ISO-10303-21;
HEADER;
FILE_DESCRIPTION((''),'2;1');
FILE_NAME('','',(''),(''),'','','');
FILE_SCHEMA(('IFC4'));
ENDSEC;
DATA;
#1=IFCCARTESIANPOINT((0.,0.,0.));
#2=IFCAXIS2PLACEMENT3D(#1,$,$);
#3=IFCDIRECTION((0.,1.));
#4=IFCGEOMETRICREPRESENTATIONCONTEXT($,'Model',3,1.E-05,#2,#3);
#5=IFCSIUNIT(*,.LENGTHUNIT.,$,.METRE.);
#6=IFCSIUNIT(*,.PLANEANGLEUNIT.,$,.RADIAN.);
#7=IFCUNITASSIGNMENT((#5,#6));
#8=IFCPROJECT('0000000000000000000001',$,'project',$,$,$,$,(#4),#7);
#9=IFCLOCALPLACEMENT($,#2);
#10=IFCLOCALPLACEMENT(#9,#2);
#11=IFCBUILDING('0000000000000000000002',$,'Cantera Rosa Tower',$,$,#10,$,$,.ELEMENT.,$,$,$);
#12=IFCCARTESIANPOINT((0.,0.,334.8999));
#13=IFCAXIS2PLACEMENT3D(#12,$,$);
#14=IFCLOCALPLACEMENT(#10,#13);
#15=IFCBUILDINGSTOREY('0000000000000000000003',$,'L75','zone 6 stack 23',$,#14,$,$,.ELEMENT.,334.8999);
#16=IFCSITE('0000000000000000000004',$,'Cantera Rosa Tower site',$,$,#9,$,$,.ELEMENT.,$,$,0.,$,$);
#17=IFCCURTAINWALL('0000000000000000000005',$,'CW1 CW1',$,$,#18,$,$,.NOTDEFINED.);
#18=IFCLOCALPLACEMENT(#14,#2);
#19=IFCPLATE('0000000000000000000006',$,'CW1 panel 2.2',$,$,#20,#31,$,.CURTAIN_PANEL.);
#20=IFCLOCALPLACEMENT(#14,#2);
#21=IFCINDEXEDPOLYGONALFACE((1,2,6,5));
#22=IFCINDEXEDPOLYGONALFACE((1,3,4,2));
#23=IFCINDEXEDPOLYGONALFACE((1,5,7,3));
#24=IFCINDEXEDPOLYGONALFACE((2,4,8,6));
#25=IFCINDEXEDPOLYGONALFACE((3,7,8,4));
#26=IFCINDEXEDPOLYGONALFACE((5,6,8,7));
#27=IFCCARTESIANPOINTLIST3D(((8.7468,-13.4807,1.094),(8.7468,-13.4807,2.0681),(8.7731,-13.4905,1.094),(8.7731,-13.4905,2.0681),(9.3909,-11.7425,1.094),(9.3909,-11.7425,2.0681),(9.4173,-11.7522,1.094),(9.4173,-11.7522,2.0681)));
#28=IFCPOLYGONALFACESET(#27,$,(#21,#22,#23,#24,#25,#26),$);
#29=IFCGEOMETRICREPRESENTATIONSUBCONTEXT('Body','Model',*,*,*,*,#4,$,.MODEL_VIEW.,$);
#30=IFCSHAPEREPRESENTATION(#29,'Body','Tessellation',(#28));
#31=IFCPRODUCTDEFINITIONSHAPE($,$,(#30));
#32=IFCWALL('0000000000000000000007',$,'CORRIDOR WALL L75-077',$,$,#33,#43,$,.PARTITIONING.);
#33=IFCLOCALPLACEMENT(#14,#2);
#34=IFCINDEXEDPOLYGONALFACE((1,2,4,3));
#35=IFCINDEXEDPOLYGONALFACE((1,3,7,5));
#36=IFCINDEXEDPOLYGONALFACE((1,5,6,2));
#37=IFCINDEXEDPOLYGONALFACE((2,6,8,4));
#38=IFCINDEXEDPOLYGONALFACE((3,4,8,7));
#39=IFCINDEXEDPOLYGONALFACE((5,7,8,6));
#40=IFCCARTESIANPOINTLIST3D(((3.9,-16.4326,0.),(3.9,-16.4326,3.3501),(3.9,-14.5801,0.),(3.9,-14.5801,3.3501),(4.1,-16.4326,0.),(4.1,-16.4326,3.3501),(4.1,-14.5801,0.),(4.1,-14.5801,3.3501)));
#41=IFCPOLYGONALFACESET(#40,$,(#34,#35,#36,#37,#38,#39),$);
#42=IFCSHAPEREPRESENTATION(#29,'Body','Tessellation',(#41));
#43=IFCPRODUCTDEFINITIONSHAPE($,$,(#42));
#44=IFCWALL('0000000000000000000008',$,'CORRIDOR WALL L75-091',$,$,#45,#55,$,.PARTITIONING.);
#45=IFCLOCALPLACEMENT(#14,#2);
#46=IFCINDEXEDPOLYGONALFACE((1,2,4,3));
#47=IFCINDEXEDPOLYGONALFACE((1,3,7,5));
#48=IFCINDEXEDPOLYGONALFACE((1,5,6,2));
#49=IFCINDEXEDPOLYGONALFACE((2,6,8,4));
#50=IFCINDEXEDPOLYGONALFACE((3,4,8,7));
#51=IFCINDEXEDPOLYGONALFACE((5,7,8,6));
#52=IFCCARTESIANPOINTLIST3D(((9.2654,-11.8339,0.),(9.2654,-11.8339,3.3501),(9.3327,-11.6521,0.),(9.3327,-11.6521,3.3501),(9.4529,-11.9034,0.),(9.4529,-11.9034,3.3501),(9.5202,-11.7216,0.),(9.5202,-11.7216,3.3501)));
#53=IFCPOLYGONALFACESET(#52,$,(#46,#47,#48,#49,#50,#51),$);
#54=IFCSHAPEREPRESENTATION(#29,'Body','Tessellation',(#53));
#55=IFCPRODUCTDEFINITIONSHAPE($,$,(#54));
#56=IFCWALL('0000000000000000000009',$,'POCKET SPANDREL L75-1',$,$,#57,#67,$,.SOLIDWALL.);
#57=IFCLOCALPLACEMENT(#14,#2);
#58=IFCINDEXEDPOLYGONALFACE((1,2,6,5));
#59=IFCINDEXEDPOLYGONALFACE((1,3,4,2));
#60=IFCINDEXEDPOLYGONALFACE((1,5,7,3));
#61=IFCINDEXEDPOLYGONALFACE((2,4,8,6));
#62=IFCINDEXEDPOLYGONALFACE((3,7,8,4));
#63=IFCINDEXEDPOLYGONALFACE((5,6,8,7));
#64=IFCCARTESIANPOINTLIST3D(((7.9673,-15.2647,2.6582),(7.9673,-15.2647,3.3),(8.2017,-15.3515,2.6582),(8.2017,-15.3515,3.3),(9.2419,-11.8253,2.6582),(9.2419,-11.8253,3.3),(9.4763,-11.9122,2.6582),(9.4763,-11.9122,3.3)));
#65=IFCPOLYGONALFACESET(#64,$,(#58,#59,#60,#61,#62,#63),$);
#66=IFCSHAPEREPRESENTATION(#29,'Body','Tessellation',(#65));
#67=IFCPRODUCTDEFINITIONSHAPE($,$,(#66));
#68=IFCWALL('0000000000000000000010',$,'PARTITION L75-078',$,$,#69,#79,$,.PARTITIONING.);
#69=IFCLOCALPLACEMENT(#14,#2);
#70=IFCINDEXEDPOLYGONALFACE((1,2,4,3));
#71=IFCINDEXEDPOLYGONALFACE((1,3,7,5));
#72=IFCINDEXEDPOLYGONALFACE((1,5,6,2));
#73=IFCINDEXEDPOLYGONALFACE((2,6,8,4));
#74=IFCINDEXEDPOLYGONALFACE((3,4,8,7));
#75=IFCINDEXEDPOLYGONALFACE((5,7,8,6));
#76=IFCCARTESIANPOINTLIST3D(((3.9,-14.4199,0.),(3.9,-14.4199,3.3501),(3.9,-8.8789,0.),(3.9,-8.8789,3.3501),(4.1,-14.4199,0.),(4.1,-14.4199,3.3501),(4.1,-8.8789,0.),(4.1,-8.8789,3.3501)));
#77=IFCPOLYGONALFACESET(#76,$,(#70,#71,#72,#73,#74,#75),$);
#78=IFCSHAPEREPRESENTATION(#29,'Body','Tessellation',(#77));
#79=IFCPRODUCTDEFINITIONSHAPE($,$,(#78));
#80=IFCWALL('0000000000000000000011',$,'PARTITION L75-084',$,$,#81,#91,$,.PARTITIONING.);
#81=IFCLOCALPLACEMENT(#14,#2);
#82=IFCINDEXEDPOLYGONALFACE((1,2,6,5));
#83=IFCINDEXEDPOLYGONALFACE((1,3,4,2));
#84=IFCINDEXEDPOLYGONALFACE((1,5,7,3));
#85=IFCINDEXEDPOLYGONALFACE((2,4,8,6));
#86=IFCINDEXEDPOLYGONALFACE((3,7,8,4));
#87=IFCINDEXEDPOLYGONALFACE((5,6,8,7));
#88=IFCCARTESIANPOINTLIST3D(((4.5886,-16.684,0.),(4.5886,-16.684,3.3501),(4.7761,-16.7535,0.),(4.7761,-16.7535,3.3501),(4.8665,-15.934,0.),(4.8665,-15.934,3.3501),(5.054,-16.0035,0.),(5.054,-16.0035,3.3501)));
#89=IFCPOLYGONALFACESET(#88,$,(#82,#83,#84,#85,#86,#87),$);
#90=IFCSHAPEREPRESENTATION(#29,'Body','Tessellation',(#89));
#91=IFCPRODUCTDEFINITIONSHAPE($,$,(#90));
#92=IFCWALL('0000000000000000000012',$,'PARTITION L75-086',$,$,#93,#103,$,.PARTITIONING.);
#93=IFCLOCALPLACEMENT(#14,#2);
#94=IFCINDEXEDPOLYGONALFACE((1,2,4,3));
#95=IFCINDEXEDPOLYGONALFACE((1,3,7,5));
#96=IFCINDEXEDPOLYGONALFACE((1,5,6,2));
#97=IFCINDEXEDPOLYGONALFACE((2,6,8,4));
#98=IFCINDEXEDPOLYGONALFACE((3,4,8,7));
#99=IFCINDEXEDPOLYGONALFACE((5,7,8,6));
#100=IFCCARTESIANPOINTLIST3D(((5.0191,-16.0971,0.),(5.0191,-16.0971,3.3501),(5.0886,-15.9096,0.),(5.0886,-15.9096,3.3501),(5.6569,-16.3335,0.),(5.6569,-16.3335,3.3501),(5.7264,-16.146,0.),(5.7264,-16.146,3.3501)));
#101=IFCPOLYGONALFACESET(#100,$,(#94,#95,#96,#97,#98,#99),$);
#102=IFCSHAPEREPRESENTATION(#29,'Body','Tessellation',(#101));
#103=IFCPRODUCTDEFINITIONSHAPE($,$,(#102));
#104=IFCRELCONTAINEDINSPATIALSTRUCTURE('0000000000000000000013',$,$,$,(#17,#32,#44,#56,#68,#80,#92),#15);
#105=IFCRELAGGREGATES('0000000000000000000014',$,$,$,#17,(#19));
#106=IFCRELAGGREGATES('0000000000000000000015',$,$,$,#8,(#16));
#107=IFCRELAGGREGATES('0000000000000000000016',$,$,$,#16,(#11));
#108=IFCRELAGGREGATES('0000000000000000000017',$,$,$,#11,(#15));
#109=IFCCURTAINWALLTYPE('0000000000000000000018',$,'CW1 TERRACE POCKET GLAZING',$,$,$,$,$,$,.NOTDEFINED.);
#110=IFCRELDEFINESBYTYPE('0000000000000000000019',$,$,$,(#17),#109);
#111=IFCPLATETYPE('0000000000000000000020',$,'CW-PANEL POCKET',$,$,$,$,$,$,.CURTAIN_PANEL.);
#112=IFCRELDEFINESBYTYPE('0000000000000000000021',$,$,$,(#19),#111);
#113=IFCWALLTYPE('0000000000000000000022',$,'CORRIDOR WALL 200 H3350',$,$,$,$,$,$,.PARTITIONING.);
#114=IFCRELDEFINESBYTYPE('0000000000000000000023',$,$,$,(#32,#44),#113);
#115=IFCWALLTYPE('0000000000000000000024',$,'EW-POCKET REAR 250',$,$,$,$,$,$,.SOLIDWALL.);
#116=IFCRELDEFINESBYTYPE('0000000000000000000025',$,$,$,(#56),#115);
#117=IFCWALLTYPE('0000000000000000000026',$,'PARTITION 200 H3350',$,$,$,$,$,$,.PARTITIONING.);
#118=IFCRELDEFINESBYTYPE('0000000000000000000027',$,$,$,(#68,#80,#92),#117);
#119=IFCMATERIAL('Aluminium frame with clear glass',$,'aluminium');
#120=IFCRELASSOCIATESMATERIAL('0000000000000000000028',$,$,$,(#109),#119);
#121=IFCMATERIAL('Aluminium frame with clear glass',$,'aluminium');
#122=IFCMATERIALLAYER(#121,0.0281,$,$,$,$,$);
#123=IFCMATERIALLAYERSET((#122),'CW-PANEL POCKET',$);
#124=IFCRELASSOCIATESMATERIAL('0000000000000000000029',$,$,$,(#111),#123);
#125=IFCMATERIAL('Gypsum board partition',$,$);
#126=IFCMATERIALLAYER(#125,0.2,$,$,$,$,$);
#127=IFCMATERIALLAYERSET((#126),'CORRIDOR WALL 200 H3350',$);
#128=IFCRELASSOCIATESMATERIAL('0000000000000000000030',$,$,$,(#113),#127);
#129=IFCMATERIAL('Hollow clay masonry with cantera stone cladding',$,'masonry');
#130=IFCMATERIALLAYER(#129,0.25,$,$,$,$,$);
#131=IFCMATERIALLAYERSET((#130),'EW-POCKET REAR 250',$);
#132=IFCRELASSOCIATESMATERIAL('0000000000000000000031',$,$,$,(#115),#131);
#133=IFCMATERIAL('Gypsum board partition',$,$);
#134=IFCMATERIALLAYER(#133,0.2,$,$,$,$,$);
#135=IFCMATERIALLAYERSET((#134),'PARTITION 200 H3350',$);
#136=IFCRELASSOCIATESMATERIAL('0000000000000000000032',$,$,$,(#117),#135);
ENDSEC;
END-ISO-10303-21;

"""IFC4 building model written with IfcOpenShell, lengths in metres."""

from ifc_helpers import new_model, si_unit, direction, frame, frame_2d, origin, origin_2d, place, context, subcontext, project, spatial, rectangle, extrude, material, layer, layer_set, type_object, element, aggregate, save


model = new_model("IFC4")

# Units and contexts
model_context = context("Model", 3, precision=1e-05, world=origin(), true_north=direction((0.0, 1.0)))
body_context = subcontext(model_context, "Body", "Model", "MODEL_VIEW")
ifc_project = project(units=[si_unit("LENGTHUNIT", "METRE"), si_unit("PLANEANGLEUNIT", "RADIAN")], contexts=[model_context])

# Site, building, storey
site_placement = place(None, origin())
site = spatial("IfcSite", under=ifc_project, at=site_placement, Name="Cantera Rosa Tower site", CompositionType="ELEMENT", RefElevation=0.0)
building_placement = place(site_placement, origin())
building = spatial("IfcBuilding", under=site, at=building_placement, Name="Cantera Rosa Tower", CompositionType="ELEMENT")
storey_placement = place(building_placement, frame((0.0, 0.0, 334.8999)))
storey = spatial("IfcBuildingStorey", under=building, at=storey_placement, Name="L75", Description="zone 6 stack 23", CompositionType="ELEMENT", Elevation=334.8999)

# Curtain wall
ifc_material_1 = material(Name="Aluminium frame with clear glass", Category="aluminium")
curtain_wall_type = type_object("IfcCurtainWallType", Name="CW1 TERRACE POCKET GLAZING", PredefinedType="NOTDEFINED", material=ifc_material_1)
curtain_wall_placement = place(storey_placement, origin())
curtain_wall = element("IfcCurtainWall", 1, at=curtain_wall_placement, inside=storey, type_object=curtain_wall_type, Name="CW1 CW1", PredefinedType="NOTDEFINED")

# Plate
ifc_material_2 = material(Name="Aluminium frame with clear glass", Category="aluminium")
ifc_layer_1 = layer(ifc_material_2, 0.0281)
ifc_layer_set_1 = layer_set([ifc_layer_1], Name="CW-PANEL POCKET")
plate_type = type_object("IfcPlateType", Name="CW-PANEL POCKET", PredefinedType="CURTAIN_PANEL", material=ifc_layer_set_1)
plate_1_placement = place(storey_placement, frame((9.082, -12.6165, 1.094), z_axis=(0.0, 0.0, 1.0), x_axis=(0.347481, 0.937687, 0.0)))
plate_1 = element("IfcPlate", 2, at=plate_1_placement, type_object=plate_type, Name="CW1 panel 2.2", PredefinedType="CURTAIN_PANEL", context=body_context, shape_type="SweptSolid", body=[
    extrude(rectangle(XDim=1.8538, YDim=0.0281, at=origin_2d()), origin(), (0.0, 0.0, 1.0), 0.9741),
])
aggregate(curtain_wall, [plate_1])

# Walls
ifc_material_3 = material(Name="Gypsum board partition")
ifc_layer_2 = layer(ifc_material_3, 0.2)
ifc_layer_set_2 = layer_set([ifc_layer_2], Name="CORRIDOR WALL 200 H3350")
wall_type_1 = type_object("IfcWallType", Name="CORRIDOR WALL 200 H3350", PredefinedType="PARTITIONING", material=ifc_layer_set_2)
wall_1_placement = place(storey_placement, frame((4.0, -16.4326, 0.0), z_axis=(0.0, 0.0, 1.0), x_axis=(0.0, 1.0, 0.0)))
element("IfcWall", 3, at=wall_1_placement, inside=storey, type_object=wall_type_1, Name="CORRIDOR WALL L75-077", PredefinedType="PARTITIONING", context=body_context, shape_type="SweptSolid", body=[
    extrude(rectangle(XDim=1.8525, YDim=0.2, at=frame_2d((0.9263, 0.0))), origin(), (0.0, 0.0, 1.0), 3.3501),
])
wall_2_placement = place(storey_placement, frame((9.3591, -11.8687, 0.0), z_axis=(0.0, 0.0, 1.0), x_axis=(0.347396, 0.937718, 0.0)))
element("IfcWall", 4, at=wall_2_placement, inside=storey, type_object=wall_type_1, Name="CORRIDOR WALL L75-091", PredefinedType="PARTITIONING", context=body_context, shape_type="SweptSolid", body=[
    extrude(rectangle(XDim=0.1938, YDim=0.2, at=frame_2d((0.0969, 0.0))), origin(), (0.0, 0.0, 1.0), 3.3501),
])
ifc_material_4 = material(Name="Hollow clay masonry with cantera stone cladding", Category="masonry")
ifc_layer_3 = layer(ifc_material_4, 0.25)
ifc_layer_set_3 = layer_set([ifc_layer_3], Name="EW-POCKET REAR 250")
wall_type_2 = type_object("IfcWallType", Name="EW-POCKET REAR 250", PredefinedType="SOLIDWALL", material=ifc_layer_set_3)
wall_3_placement = place(storey_placement, frame((8.0845, -15.3081, 2.6582), z_axis=(0.0, 0.0, 1.0), x_axis=(0.347503, 0.937679, 0.0)))
element("IfcWall", 5, at=wall_3_placement, inside=storey, type_object=wall_type_2, Name="POCKET SPANDREL L75-1", PredefinedType="SOLIDWALL", context=body_context, shape_type="SweptSolid", body=[
    extrude(rectangle(XDim=3.668, YDim=0.25, at=frame_2d((1.834, 0.0))), origin(), (0.0, 0.0, 1.0), 0.6418),
])
ifc_material_5 = material(Name="Gypsum board partition")
ifc_layer_4 = layer(ifc_material_5, 0.2)
ifc_layer_set_4 = layer_set([ifc_layer_4], Name="PARTITION 200 H3350")
wall_type_3 = type_object("IfcWallType", Name="PARTITION 200 H3350", PredefinedType="PARTITIONING", material=ifc_layer_set_4)
wall_4_placement = place(storey_placement, frame((4.0, -14.4199, 0.0), z_axis=(0.0, 0.0, 1.0), x_axis=(0.0, 1.0, 0.0)))
element("IfcWall", 6, at=wall_4_placement, inside=storey, type_object=wall_type_3, Name="PARTITION L75-078", PredefinedType="PARTITIONING", context=body_context, shape_type="SweptSolid", body=[
    extrude(rectangle(XDim=5.541, YDim=0.2, at=frame_2d((2.7705, 0.0))), origin(), (0.0, 0.0, 1.0), 3.3501),
])
wall_5_placement = place(storey_placement, frame((4.9602, -15.9688, 0.0), z_axis=(0.0, 0.0, 1.0), x_axis=(-0.347374, -0.937727, 0.0)))
element("IfcWall", 7, at=wall_5_placement, inside=storey, type_object=wall_type_3, Name="PARTITION L75-084", PredefinedType="PARTITIONING", context=body_context, shape_type="SweptSolid", body=[
    extrude(rectangle(XDim=0.7998, YDim=0.2, at=frame_2d((0.3999, 0.0))), origin(), (0.0, 0.0, 1.0), 3.3501),
])
wall_6_placement = place(storey_placement, frame((5.6917, -16.2397, 0.0), z_axis=(0.0, 0.0, 1.0), x_axis=(-0.937679, 0.347501, 0.0)))
element("IfcWall", 8, at=wall_6_placement, inside=storey, type_object=wall_type_3, Name="PARTITION L75-086", PredefinedType="PARTITIONING", context=body_context, shape_type="SweptSolid", body=[
    extrude(rectangle(XDim=0.6802, YDim=0.2, at=frame_2d((0.3401, 0.0))), origin(), (0.0, 0.0, 1.0), 3.3501),
])

save(model, "model.ifc")
